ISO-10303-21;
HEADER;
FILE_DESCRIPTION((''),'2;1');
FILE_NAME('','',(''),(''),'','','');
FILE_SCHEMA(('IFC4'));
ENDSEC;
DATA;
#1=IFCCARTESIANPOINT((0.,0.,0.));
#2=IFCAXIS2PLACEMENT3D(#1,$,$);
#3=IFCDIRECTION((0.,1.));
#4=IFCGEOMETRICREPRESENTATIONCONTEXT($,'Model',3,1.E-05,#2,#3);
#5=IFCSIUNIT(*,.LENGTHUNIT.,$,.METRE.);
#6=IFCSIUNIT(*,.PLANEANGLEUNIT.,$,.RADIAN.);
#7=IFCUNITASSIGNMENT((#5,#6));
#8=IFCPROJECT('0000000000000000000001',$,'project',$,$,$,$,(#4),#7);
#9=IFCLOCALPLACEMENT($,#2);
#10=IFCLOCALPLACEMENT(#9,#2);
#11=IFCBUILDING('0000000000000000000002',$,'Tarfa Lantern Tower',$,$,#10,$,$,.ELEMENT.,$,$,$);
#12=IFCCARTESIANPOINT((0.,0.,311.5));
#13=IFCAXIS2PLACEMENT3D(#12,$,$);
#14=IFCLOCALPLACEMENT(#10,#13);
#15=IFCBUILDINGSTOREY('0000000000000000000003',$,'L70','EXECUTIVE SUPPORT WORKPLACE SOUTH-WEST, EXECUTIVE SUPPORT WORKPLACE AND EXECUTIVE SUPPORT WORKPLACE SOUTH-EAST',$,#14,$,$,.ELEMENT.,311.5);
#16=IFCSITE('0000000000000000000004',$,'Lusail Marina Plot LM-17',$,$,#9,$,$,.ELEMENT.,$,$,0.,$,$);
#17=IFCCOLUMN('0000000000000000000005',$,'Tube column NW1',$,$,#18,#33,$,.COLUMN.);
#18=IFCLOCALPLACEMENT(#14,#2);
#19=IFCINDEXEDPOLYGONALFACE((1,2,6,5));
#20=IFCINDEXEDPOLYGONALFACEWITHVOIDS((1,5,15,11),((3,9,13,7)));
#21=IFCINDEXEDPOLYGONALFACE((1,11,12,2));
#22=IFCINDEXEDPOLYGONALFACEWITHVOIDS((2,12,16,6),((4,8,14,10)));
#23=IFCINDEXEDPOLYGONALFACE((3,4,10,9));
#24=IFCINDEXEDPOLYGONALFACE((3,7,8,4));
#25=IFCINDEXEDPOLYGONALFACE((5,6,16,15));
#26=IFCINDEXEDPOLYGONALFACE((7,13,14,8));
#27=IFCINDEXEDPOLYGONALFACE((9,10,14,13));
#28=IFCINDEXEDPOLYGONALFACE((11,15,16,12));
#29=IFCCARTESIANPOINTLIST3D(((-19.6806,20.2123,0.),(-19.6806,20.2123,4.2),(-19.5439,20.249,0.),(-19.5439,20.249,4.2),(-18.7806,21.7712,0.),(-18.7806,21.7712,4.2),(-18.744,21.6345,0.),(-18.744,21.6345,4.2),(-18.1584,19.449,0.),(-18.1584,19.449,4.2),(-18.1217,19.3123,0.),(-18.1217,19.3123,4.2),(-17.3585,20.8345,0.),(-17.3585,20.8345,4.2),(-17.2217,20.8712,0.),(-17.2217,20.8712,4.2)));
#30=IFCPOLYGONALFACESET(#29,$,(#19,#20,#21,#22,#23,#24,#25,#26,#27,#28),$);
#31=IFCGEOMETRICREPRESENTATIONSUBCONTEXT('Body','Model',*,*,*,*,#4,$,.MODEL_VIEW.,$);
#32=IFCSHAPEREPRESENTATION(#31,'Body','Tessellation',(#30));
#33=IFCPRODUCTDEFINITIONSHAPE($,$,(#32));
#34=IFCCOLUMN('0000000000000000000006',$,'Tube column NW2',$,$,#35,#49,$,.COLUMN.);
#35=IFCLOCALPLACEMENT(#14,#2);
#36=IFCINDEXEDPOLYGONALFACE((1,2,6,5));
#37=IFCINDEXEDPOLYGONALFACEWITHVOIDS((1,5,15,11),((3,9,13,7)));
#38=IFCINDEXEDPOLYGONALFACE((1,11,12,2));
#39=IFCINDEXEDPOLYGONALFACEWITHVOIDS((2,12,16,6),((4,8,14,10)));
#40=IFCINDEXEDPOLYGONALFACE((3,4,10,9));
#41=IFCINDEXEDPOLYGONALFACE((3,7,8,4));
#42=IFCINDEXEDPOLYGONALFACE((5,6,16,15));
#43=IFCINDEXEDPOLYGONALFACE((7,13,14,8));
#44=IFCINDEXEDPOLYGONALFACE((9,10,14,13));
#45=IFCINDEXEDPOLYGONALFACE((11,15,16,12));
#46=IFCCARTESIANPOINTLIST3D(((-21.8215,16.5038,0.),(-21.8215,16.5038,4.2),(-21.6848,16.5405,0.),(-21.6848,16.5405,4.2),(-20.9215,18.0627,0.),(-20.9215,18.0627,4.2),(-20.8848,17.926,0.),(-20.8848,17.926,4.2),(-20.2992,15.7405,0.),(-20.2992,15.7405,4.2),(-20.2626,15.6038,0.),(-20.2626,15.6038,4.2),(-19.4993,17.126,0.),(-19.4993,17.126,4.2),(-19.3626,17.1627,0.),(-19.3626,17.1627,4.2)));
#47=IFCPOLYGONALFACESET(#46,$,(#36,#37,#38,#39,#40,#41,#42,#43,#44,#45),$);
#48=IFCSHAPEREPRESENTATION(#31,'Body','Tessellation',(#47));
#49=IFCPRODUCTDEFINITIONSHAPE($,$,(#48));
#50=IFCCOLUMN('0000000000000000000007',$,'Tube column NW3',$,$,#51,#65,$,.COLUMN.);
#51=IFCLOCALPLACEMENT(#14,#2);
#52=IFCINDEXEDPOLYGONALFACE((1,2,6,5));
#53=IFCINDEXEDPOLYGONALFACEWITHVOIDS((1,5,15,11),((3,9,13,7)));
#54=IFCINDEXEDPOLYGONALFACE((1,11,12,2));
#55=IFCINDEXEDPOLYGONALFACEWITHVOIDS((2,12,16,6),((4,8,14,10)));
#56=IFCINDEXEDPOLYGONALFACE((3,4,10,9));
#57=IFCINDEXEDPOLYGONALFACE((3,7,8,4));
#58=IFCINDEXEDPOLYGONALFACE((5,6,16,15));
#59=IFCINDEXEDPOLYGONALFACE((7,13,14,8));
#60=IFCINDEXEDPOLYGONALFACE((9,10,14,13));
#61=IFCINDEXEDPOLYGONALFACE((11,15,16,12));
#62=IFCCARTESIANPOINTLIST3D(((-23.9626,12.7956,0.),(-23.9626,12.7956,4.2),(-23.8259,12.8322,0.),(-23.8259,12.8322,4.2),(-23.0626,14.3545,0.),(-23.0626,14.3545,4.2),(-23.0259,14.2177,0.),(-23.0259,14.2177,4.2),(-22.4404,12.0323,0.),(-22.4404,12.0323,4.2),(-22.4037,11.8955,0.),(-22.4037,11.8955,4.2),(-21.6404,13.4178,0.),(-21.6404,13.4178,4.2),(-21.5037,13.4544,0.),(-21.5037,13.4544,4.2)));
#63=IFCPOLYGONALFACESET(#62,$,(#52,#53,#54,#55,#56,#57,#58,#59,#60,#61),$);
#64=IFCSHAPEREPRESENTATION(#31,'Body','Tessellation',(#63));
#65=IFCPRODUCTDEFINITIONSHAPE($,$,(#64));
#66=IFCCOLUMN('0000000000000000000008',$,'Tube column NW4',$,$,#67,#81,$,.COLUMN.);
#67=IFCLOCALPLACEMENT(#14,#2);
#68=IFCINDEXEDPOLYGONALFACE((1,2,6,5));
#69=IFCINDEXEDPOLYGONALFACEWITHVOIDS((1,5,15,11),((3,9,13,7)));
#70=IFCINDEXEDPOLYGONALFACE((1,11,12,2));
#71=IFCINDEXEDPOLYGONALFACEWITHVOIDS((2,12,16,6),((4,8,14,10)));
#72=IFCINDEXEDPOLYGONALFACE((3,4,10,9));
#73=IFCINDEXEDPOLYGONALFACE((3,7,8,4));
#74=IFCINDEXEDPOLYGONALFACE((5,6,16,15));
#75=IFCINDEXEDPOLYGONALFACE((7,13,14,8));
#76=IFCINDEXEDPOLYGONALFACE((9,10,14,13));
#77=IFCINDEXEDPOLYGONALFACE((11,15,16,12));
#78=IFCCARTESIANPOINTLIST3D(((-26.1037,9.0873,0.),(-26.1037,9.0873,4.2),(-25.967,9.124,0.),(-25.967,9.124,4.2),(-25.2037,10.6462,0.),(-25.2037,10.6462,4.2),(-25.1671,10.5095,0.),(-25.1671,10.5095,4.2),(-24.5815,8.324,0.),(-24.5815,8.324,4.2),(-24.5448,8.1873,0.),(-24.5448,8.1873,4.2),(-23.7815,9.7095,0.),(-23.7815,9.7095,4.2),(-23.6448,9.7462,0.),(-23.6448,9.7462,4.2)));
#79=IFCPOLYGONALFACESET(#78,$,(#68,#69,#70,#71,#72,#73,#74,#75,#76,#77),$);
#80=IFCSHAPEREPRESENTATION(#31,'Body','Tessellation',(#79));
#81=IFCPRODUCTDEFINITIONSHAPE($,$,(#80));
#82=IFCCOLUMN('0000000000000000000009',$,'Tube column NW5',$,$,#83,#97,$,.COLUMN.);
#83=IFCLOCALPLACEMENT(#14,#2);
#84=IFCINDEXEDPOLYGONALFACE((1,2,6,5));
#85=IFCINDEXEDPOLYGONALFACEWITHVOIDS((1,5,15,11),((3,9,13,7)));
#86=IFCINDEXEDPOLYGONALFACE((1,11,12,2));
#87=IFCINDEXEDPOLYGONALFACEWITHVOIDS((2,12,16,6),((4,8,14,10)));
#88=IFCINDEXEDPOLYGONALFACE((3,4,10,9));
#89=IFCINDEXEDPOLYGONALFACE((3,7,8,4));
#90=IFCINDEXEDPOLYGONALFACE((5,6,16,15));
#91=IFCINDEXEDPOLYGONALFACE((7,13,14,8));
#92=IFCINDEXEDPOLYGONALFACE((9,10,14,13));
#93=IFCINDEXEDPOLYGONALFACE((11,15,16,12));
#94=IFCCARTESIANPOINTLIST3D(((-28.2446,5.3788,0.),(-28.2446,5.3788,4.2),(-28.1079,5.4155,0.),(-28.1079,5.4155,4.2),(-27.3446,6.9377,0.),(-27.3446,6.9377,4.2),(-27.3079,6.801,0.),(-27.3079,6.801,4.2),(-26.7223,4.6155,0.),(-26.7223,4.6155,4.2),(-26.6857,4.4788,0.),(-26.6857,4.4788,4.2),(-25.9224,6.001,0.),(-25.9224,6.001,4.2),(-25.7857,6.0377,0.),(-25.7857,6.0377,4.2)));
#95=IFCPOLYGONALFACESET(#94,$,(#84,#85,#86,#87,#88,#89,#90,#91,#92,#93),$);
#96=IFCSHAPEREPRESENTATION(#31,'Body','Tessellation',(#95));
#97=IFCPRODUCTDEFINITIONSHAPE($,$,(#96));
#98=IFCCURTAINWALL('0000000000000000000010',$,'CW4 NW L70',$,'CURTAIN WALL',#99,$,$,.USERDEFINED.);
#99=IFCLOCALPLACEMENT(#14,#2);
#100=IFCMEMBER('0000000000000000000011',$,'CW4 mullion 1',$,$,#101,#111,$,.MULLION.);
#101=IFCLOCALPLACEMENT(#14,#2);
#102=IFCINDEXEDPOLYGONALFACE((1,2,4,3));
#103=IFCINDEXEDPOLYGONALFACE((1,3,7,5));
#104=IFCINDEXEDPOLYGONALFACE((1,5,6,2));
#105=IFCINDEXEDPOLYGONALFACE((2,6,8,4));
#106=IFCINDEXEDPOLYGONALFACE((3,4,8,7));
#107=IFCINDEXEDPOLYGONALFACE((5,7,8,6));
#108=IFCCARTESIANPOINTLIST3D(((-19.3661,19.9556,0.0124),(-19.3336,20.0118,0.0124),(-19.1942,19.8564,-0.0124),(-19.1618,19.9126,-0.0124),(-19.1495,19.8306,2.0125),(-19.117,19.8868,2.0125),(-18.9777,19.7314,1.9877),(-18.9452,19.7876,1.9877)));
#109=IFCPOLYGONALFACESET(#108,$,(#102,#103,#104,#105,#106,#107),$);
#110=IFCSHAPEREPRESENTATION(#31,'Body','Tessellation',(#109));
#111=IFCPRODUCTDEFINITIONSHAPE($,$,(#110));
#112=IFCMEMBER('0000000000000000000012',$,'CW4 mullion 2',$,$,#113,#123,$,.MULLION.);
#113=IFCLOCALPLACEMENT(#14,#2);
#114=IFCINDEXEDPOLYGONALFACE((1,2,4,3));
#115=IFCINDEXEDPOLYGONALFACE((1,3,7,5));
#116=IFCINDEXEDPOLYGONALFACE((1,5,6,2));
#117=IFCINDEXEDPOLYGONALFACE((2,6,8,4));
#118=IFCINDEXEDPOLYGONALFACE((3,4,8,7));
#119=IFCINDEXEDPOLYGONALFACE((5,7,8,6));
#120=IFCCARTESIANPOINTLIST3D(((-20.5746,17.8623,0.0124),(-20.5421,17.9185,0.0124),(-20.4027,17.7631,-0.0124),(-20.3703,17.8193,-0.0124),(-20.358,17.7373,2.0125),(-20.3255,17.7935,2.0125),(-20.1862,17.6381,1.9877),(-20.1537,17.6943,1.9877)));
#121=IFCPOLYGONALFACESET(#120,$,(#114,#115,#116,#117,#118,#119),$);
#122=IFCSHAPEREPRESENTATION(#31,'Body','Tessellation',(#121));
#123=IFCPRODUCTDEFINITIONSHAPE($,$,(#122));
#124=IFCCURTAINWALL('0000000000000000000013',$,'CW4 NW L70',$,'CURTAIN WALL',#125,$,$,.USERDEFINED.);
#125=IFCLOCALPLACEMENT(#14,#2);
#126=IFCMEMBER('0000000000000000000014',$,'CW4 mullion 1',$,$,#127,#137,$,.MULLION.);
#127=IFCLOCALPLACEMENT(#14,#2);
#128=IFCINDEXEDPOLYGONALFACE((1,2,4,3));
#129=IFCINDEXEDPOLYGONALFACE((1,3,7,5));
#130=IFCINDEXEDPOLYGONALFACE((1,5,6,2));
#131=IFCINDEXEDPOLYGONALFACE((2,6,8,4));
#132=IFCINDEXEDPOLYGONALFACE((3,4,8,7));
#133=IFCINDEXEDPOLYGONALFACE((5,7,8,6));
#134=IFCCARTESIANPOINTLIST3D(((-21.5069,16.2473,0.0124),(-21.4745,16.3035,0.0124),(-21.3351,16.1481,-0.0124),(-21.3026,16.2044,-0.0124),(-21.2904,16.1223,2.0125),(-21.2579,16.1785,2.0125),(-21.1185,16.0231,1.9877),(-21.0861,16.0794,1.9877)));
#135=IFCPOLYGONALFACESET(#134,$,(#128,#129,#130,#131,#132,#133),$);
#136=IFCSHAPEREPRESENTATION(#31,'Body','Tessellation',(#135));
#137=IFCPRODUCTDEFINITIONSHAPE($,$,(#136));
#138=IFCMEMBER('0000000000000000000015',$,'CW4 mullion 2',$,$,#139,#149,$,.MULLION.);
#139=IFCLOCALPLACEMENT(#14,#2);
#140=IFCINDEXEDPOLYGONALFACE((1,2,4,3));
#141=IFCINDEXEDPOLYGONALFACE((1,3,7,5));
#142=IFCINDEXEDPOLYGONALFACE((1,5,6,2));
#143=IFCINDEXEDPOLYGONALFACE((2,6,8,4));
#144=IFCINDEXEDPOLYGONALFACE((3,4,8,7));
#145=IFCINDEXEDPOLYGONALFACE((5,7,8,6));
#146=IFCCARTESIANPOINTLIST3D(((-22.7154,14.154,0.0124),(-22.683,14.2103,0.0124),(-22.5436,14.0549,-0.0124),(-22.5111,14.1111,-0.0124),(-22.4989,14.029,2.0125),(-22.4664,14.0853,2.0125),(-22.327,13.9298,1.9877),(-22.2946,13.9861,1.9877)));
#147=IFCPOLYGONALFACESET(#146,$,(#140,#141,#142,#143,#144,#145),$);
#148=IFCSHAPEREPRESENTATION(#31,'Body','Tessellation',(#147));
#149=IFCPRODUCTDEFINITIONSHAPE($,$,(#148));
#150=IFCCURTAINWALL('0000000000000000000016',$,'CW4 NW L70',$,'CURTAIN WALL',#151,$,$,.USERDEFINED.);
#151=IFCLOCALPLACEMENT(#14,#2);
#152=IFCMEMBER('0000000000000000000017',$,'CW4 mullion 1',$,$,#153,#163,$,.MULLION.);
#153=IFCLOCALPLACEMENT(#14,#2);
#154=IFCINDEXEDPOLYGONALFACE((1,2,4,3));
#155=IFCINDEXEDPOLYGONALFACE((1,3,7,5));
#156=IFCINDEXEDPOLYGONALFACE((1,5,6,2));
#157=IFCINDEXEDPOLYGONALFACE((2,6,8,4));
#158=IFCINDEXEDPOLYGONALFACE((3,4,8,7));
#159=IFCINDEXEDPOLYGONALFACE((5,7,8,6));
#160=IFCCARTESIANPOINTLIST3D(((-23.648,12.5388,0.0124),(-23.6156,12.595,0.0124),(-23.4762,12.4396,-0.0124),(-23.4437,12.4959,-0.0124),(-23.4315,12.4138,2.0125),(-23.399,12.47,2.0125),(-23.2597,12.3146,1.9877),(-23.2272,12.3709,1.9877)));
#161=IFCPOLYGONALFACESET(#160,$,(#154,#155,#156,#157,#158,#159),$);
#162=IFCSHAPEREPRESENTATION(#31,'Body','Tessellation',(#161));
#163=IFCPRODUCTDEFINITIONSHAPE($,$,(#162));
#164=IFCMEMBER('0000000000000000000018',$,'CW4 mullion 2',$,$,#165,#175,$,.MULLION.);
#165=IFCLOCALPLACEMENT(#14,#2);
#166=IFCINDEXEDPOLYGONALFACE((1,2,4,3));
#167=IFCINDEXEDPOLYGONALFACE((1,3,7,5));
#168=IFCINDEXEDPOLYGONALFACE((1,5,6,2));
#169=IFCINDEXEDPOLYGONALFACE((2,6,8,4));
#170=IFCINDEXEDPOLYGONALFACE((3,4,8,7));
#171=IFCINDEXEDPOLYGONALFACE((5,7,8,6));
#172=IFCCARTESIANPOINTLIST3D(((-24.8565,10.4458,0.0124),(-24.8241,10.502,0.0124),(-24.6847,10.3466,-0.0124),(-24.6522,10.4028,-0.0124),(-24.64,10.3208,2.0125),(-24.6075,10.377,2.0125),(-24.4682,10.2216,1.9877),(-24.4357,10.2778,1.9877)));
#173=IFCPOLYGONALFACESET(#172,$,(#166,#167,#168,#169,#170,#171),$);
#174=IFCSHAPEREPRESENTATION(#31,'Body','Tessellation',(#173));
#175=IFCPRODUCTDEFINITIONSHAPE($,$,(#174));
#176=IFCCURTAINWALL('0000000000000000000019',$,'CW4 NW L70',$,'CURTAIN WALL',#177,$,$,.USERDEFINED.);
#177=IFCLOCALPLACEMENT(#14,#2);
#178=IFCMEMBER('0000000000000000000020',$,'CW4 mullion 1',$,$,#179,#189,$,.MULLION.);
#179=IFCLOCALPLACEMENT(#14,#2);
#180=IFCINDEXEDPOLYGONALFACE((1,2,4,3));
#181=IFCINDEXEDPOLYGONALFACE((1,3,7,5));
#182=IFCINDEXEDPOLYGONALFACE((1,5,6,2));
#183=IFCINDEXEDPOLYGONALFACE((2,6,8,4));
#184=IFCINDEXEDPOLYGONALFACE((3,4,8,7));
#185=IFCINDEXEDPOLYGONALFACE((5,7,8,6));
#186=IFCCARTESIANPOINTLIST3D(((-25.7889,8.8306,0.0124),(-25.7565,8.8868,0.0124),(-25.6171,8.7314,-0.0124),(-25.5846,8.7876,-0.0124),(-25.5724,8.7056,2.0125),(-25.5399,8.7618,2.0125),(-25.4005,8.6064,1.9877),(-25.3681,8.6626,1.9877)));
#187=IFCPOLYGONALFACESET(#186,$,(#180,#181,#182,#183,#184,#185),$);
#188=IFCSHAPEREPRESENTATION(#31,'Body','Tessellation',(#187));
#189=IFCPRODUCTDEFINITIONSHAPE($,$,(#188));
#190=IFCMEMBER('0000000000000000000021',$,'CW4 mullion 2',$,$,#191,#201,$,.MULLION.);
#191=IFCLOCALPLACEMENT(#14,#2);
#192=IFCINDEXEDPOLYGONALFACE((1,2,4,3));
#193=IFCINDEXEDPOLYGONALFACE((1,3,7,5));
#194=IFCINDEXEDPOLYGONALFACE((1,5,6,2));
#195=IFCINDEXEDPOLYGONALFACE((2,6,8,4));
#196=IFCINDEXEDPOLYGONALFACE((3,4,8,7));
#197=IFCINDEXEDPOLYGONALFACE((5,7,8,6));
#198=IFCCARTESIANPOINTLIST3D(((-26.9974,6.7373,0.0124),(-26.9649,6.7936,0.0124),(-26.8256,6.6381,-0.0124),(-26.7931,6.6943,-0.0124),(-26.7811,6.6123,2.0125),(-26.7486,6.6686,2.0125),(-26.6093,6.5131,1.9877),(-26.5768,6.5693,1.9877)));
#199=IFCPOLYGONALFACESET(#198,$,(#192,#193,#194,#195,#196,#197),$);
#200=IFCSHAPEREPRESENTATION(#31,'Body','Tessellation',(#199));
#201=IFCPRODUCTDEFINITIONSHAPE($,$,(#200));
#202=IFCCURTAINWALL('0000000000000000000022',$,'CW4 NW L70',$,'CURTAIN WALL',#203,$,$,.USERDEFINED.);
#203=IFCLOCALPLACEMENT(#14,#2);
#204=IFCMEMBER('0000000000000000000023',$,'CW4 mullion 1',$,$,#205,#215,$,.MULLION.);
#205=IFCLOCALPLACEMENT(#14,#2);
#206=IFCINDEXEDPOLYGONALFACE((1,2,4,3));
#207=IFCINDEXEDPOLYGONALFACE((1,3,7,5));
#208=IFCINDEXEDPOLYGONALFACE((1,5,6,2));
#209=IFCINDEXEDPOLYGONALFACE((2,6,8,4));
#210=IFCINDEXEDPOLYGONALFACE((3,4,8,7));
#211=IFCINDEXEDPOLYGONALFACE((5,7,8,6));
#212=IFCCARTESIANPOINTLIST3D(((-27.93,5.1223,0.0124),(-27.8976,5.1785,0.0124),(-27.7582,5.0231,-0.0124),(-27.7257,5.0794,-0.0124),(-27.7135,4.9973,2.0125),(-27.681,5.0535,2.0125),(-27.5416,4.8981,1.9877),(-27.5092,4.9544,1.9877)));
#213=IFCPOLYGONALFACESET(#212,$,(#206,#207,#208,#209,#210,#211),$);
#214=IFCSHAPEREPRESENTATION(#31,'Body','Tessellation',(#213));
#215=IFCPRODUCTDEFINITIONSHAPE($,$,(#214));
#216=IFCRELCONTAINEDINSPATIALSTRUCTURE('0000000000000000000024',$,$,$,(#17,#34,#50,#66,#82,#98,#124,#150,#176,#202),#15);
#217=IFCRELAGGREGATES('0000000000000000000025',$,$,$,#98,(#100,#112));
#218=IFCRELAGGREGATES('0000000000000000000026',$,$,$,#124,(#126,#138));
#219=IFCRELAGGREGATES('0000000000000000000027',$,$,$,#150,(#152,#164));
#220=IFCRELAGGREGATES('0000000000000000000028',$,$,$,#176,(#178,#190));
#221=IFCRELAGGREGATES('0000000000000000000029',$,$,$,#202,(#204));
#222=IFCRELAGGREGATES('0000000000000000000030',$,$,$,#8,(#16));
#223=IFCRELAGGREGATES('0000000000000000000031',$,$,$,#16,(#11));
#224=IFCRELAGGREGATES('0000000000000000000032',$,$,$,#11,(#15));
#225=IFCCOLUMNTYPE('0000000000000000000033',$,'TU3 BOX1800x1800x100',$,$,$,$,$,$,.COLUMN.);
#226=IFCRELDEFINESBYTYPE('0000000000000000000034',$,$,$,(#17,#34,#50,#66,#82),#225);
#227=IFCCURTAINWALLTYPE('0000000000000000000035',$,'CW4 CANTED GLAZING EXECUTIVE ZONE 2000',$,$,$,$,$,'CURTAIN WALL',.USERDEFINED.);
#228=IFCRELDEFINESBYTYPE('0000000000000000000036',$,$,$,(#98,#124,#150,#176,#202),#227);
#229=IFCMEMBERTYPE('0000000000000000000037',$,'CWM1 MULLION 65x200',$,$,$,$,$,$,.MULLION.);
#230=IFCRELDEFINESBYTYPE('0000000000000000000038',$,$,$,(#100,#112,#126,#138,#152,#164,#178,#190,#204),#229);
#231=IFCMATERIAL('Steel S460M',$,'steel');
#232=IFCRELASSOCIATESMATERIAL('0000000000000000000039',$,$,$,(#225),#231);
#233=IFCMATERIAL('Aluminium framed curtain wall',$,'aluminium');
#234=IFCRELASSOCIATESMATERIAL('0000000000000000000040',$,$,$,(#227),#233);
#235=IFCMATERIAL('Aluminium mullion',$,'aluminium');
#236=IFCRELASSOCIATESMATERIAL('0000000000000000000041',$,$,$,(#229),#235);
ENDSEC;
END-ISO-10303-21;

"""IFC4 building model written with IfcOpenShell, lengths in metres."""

from ifc_helpers import new_model, si_unit, direction, frame, origin, origin_2d, place, context, subcontext, project, spatial, rectangle, hollow_rectangle, extrude, material, material_profile, profile_set, type_object, element, aggregate, save


model = new_model("IFC4")

# Units and contexts
model_context = context("Model", 3, precision=1e-05, world=origin(), true_north=direction((0.0, 1.0)))
body_context = subcontext(model_context, "Body", "Model", "MODEL_VIEW")
ifc_project = project(units=[si_unit("LENGTHUNIT", "METRE"), si_unit("PLANEANGLEUNIT", "RADIAN")], contexts=[model_context])

# Site, building, storey
site_placement = place(None, origin())
site = spatial("IfcSite", under=ifc_project, at=site_placement, Name="Lusail Marina Plot LM-17", CompositionType="ELEMENT", RefElevation=0.0)
building_placement = place(site_placement, origin())
building = spatial("IfcBuilding", under=site, at=building_placement, Name="Tarfa Lantern Tower", CompositionType="ELEMENT")
storey_placement = place(building_placement, frame((0.0, 0.0, 311.5)))
storey = spatial("IfcBuildingStorey", under=building, at=storey_placement, Name="L70", Description="EXECUTIVE SUPPORT WORKPLACE SOUTH-WEST, EXECUTIVE SUPPORT WORKPLACE AND EXECUTIVE SUPPORT WORKPLACE SOUTH-EAST", CompositionType="ELEMENT", Elevation=311.5)

# Columns
ifc_material_1 = material(Name="Steel S460M", Category="steel")
ifc_material_profile_1 = material_profile(ifc_material_1, hollow_rectangle(XDim=1.8, YDim=1.8, WallThickness=0.1001, at=origin_2d()), Name="BOX1800x1800x100")
ifc_profile_set_1 = profile_set([ifc_material_profile_1], Name="Steel S460M")
column_type = type_object("IfcColumnType", Name="TU3 BOX1800x1800x100", PredefinedType="COLUMN", material=ifc_profile_set_1)
for number, where, z_axis, x_axis, name in (
    (1, (-18.4512, 20.5417, 0.0), (0.0, 0.0, 1.0), (-0.5, -0.866025, 0.0), "Tube column NW1"),
    (2, (-20.592, 16.8333, 0.0), (0.0, 0.0, 1.0), (-0.5, -0.866025, 0.0), "Tube column NW2"),
    (3, (-22.7332, 13.125, 0.0), (0.0, 0.0, 1.0), (-0.5, -0.866025, 0.0), "Tube column NW3"),
    (4, (-24.8743, 9.4167, 0.0), (0.0, 0.0, 1.0), (-0.5, -0.866025, 0.0), "Tube column NW4"),
    (5, (-27.0151, 5.7083, 0.0), (0.0, 0.0, 1.0), (-0.5, -0.866025, 0.0), "Tube column NW5"),
):
    element("IfcColumn", number, at=place(storey_placement, frame(where, z_axis=z_axis, x_axis=x_axis)), inside=storey, type_object=column_type, Name=name, PredefinedType="COLUMN", context=body_context, shape_type="SweptSolid", body=[
        extrude(hollow_rectangle(XDim=1.8, YDim=1.8, WallThickness=0.1001, at=origin_2d()), origin(), (0.0, 0.0, 1.0), 4.2),
    ])

# Curtain walls, members
ifc_material_2 = material(Name="Aluminium framed curtain wall", Category="aluminium")
curtain_wall_type = type_object("IfcCurtainWallType", Name="CW4 CANTED GLAZING EXECUTIVE ZONE 2000", ElementType="CURTAIN WALL", PredefinedType="USERDEFINED", material=ifc_material_2)
curtain_wall_1_placement = place(storey_placement, origin())
curtain_wall_1 = element("IfcCurtainWall", 6, at=curtain_wall_1_placement, inside=storey, type_object=curtain_wall_type, Name="CW4 NW L70", ObjectType="CURTAIN WALL", PredefinedType="USERDEFINED")
ifc_material_3 = material(Name="Aluminium mullion", Category="aluminium")
ifc_material_profile_2 = material_profile(ifc_material_3, rectangle(XDim=0.0649, YDim=0.2, at=origin_2d()), Name="AL MULLION 65x200")
ifc_profile_set_2 = profile_set([ifc_material_profile_2], Name="Aluminium mullion")
member_type_1 = type_object("IfcMemberType", Name="CWM1 MULLION 65x200", PredefinedType="MULLION", material=ifc_profile_set_2)
member_1_placement = place(storey_placement, frame((-19.2639, 19.9341, 0.0), z_axis=(0.10744, -0.062017, 0.992275), x_axis=(0.49992, 0.866072, 0.0)))
member_1 = element("IfcMember", 7, at=member_1_placement, type_object=member_type_1, Name="CW4 mullion 1", PredefinedType="MULLION", context=body_context, shape_type="SweptSolid", body=[
    extrude(rectangle(XDim=0.0649, YDim=0.2, at=origin_2d()), origin(), (0.0, 0.0, 1.0), 2.0156),
])
member_2_placement = place(storey_placement, frame((-20.4724, 17.8408, 0.0), z_axis=(0.10744, -0.062017, 0.992275), x_axis=(0.49992, 0.866072, 0.0)))
member_2 = element("IfcMember", 8, at=member_2_placement, type_object=member_type_1, Name="CW4 mullion 2", PredefinedType="MULLION", context=body_context, shape_type="SweptSolid", body=[
    extrude(rectangle(XDim=0.0649, YDim=0.2, at=origin_2d()), origin(), (0.0, 0.0, 1.0), 2.0156),
])
curtain_wall_2_placement = place(storey_placement, origin())
curtain_wall_2 = element("IfcCurtainWall", 9, at=curtain_wall_2_placement, inside=storey, type_object=curtain_wall_type, Name="CW4 NW L70", ObjectType="CURTAIN WALL", PredefinedType="USERDEFINED")
member_3_placement = place(storey_placement, frame((-21.4048, 16.2258, 0.0), z_axis=(0.10744, -0.062017, 0.992275), x_axis=(0.49992, 0.866072, 0.0)))
member_3 = element("IfcMember", 10, at=member_3_placement, type_object=member_type_1, Name="CW4 mullion 1", PredefinedType="MULLION", context=body_context, shape_type="SweptSolid", body=[
    extrude(rectangle(XDim=0.0649, YDim=0.2, at=origin_2d()), origin(), (0.0, 0.0, 1.0), 2.0156),
])
member_4_placement = place(storey_placement, frame((-22.6133, 14.1326, 0.0), z_axis=(0.10744, -0.062017, 0.992275), x_axis=(0.49992, 0.866072, 0.0)))
member_4 = element("IfcMember", 11, at=member_4_placement, type_object=member_type_1, Name="CW4 mullion 2", PredefinedType="MULLION", context=body_context, shape_type="SweptSolid", body=[
    extrude(rectangle(XDim=0.0649, YDim=0.2, at=origin_2d()), origin(), (0.0, 0.0, 1.0), 2.0156),
])
curtain_wall_3_placement = place(storey_placement, origin())
curtain_wall_3 = element("IfcCurtainWall", 12, at=curtain_wall_3_placement, inside=storey, type_object=curtain_wall_type, Name="CW4 NW L70", ObjectType="CURTAIN WALL", PredefinedType="USERDEFINED")
member_5_placement = place(storey_placement, frame((-23.5459, 12.5173, 0.0), z_axis=(0.10744, -0.062017, 0.992275), x_axis=(0.49992, 0.866072, 0.0)))
member_5 = element("IfcMember", 13, at=member_5_placement, type_object=member_type_1, Name="CW4 mullion 1", PredefinedType="MULLION", context=body_context, shape_type="SweptSolid", body=[
    extrude(rectangle(XDim=0.0649, YDim=0.2, at=origin_2d()), origin(), (0.0, 0.0, 1.0), 2.0156),
])
member_6_placement = place(storey_placement, frame((-24.7544, 10.4243, 0.0), z_axis=(0.10744, -0.062017, 0.992275), x_axis=(0.49992, 0.866072, 0.0)))
member_6 = element("IfcMember", 14, at=member_6_placement, type_object=member_type_1, Name="CW4 mullion 2", PredefinedType="MULLION", context=body_context, shape_type="SweptSolid", body=[
    extrude(rectangle(XDim=0.0649, YDim=0.2, at=origin_2d()), origin(), (0.0, 0.0, 1.0), 2.0156),
])
curtain_wall_4_placement = place(storey_placement, origin())
curtain_wall_4 = element("IfcCurtainWall", 15, at=curtain_wall_4_placement, inside=storey, type_object=curtain_wall_type, Name="CW4 NW L70", ObjectType="CURTAIN WALL", PredefinedType="USERDEFINED")
member_7_placement = place(storey_placement, frame((-25.6868, 8.8091, 0.0), z_axis=(0.10744, -0.062017, 0.992275), x_axis=(0.49992, 0.866072, 0.0)))
member_7 = element("IfcMember", 16, at=member_7_placement, type_object=member_type_1, Name="CW4 mullion 1", PredefinedType="MULLION", context=body_context, shape_type="SweptSolid", body=[
    extrude(rectangle(XDim=0.0649, YDim=0.2, at=origin_2d()), origin(), (0.0, 0.0, 1.0), 2.0156),
])
member_8_placement = place(storey_placement, frame((-26.8953, 6.7158, 0.0), z_axis=(0.10732, -0.062018, 0.992288), x_axis=(0.500343, 0.865827, 0.0)))
member_8 = element("IfcMember", 17, at=member_8_placement, type_object=member_type_1, Name="CW4 mullion 2", PredefinedType="MULLION", context=body_context, shape_type="SweptSolid", body=[
    extrude(rectangle(XDim=0.0649, YDim=0.2, at=origin_2d()), origin(), (0.0, 0.0, 1.0), 2.0156),
])
curtain_wall_5_placement = place(storey_placement, origin())
curtain_wall_5 = element("IfcCurtainWall", 18, at=curtain_wall_5_placement, inside=storey, type_object=curtain_wall_type, Name="CW4 NW L70", ObjectType="CURTAIN WALL", PredefinedType="USERDEFINED")
member_9_placement = place(storey_placement, frame((-27.8279, 5.1008, 0.0), z_axis=(0.10744, -0.062017, 0.992275), x_axis=(0.49992, 0.866072, 0.0)))
member_9 = element("IfcMember", 19, at=member_9_placement, type_object=member_type_1, Name="CW4 mullion 1", PredefinedType="MULLION", context=body_context, shape_type="SweptSolid", body=[
    extrude(rectangle(XDim=0.0649, YDim=0.2, at=origin_2d()), origin(), (0.0, 0.0, 1.0), 2.0156),
])

aggregate(curtain_wall_1, [member_1, member_2])
aggregate(curtain_wall_2, [member_3, member_4])
aggregate(curtain_wall_3, [member_5, member_6])
aggregate(curtain_wall_4, [member_7, member_8])
aggregate(curtain_wall_5, [member_9])

save(model, "model.ifc")
